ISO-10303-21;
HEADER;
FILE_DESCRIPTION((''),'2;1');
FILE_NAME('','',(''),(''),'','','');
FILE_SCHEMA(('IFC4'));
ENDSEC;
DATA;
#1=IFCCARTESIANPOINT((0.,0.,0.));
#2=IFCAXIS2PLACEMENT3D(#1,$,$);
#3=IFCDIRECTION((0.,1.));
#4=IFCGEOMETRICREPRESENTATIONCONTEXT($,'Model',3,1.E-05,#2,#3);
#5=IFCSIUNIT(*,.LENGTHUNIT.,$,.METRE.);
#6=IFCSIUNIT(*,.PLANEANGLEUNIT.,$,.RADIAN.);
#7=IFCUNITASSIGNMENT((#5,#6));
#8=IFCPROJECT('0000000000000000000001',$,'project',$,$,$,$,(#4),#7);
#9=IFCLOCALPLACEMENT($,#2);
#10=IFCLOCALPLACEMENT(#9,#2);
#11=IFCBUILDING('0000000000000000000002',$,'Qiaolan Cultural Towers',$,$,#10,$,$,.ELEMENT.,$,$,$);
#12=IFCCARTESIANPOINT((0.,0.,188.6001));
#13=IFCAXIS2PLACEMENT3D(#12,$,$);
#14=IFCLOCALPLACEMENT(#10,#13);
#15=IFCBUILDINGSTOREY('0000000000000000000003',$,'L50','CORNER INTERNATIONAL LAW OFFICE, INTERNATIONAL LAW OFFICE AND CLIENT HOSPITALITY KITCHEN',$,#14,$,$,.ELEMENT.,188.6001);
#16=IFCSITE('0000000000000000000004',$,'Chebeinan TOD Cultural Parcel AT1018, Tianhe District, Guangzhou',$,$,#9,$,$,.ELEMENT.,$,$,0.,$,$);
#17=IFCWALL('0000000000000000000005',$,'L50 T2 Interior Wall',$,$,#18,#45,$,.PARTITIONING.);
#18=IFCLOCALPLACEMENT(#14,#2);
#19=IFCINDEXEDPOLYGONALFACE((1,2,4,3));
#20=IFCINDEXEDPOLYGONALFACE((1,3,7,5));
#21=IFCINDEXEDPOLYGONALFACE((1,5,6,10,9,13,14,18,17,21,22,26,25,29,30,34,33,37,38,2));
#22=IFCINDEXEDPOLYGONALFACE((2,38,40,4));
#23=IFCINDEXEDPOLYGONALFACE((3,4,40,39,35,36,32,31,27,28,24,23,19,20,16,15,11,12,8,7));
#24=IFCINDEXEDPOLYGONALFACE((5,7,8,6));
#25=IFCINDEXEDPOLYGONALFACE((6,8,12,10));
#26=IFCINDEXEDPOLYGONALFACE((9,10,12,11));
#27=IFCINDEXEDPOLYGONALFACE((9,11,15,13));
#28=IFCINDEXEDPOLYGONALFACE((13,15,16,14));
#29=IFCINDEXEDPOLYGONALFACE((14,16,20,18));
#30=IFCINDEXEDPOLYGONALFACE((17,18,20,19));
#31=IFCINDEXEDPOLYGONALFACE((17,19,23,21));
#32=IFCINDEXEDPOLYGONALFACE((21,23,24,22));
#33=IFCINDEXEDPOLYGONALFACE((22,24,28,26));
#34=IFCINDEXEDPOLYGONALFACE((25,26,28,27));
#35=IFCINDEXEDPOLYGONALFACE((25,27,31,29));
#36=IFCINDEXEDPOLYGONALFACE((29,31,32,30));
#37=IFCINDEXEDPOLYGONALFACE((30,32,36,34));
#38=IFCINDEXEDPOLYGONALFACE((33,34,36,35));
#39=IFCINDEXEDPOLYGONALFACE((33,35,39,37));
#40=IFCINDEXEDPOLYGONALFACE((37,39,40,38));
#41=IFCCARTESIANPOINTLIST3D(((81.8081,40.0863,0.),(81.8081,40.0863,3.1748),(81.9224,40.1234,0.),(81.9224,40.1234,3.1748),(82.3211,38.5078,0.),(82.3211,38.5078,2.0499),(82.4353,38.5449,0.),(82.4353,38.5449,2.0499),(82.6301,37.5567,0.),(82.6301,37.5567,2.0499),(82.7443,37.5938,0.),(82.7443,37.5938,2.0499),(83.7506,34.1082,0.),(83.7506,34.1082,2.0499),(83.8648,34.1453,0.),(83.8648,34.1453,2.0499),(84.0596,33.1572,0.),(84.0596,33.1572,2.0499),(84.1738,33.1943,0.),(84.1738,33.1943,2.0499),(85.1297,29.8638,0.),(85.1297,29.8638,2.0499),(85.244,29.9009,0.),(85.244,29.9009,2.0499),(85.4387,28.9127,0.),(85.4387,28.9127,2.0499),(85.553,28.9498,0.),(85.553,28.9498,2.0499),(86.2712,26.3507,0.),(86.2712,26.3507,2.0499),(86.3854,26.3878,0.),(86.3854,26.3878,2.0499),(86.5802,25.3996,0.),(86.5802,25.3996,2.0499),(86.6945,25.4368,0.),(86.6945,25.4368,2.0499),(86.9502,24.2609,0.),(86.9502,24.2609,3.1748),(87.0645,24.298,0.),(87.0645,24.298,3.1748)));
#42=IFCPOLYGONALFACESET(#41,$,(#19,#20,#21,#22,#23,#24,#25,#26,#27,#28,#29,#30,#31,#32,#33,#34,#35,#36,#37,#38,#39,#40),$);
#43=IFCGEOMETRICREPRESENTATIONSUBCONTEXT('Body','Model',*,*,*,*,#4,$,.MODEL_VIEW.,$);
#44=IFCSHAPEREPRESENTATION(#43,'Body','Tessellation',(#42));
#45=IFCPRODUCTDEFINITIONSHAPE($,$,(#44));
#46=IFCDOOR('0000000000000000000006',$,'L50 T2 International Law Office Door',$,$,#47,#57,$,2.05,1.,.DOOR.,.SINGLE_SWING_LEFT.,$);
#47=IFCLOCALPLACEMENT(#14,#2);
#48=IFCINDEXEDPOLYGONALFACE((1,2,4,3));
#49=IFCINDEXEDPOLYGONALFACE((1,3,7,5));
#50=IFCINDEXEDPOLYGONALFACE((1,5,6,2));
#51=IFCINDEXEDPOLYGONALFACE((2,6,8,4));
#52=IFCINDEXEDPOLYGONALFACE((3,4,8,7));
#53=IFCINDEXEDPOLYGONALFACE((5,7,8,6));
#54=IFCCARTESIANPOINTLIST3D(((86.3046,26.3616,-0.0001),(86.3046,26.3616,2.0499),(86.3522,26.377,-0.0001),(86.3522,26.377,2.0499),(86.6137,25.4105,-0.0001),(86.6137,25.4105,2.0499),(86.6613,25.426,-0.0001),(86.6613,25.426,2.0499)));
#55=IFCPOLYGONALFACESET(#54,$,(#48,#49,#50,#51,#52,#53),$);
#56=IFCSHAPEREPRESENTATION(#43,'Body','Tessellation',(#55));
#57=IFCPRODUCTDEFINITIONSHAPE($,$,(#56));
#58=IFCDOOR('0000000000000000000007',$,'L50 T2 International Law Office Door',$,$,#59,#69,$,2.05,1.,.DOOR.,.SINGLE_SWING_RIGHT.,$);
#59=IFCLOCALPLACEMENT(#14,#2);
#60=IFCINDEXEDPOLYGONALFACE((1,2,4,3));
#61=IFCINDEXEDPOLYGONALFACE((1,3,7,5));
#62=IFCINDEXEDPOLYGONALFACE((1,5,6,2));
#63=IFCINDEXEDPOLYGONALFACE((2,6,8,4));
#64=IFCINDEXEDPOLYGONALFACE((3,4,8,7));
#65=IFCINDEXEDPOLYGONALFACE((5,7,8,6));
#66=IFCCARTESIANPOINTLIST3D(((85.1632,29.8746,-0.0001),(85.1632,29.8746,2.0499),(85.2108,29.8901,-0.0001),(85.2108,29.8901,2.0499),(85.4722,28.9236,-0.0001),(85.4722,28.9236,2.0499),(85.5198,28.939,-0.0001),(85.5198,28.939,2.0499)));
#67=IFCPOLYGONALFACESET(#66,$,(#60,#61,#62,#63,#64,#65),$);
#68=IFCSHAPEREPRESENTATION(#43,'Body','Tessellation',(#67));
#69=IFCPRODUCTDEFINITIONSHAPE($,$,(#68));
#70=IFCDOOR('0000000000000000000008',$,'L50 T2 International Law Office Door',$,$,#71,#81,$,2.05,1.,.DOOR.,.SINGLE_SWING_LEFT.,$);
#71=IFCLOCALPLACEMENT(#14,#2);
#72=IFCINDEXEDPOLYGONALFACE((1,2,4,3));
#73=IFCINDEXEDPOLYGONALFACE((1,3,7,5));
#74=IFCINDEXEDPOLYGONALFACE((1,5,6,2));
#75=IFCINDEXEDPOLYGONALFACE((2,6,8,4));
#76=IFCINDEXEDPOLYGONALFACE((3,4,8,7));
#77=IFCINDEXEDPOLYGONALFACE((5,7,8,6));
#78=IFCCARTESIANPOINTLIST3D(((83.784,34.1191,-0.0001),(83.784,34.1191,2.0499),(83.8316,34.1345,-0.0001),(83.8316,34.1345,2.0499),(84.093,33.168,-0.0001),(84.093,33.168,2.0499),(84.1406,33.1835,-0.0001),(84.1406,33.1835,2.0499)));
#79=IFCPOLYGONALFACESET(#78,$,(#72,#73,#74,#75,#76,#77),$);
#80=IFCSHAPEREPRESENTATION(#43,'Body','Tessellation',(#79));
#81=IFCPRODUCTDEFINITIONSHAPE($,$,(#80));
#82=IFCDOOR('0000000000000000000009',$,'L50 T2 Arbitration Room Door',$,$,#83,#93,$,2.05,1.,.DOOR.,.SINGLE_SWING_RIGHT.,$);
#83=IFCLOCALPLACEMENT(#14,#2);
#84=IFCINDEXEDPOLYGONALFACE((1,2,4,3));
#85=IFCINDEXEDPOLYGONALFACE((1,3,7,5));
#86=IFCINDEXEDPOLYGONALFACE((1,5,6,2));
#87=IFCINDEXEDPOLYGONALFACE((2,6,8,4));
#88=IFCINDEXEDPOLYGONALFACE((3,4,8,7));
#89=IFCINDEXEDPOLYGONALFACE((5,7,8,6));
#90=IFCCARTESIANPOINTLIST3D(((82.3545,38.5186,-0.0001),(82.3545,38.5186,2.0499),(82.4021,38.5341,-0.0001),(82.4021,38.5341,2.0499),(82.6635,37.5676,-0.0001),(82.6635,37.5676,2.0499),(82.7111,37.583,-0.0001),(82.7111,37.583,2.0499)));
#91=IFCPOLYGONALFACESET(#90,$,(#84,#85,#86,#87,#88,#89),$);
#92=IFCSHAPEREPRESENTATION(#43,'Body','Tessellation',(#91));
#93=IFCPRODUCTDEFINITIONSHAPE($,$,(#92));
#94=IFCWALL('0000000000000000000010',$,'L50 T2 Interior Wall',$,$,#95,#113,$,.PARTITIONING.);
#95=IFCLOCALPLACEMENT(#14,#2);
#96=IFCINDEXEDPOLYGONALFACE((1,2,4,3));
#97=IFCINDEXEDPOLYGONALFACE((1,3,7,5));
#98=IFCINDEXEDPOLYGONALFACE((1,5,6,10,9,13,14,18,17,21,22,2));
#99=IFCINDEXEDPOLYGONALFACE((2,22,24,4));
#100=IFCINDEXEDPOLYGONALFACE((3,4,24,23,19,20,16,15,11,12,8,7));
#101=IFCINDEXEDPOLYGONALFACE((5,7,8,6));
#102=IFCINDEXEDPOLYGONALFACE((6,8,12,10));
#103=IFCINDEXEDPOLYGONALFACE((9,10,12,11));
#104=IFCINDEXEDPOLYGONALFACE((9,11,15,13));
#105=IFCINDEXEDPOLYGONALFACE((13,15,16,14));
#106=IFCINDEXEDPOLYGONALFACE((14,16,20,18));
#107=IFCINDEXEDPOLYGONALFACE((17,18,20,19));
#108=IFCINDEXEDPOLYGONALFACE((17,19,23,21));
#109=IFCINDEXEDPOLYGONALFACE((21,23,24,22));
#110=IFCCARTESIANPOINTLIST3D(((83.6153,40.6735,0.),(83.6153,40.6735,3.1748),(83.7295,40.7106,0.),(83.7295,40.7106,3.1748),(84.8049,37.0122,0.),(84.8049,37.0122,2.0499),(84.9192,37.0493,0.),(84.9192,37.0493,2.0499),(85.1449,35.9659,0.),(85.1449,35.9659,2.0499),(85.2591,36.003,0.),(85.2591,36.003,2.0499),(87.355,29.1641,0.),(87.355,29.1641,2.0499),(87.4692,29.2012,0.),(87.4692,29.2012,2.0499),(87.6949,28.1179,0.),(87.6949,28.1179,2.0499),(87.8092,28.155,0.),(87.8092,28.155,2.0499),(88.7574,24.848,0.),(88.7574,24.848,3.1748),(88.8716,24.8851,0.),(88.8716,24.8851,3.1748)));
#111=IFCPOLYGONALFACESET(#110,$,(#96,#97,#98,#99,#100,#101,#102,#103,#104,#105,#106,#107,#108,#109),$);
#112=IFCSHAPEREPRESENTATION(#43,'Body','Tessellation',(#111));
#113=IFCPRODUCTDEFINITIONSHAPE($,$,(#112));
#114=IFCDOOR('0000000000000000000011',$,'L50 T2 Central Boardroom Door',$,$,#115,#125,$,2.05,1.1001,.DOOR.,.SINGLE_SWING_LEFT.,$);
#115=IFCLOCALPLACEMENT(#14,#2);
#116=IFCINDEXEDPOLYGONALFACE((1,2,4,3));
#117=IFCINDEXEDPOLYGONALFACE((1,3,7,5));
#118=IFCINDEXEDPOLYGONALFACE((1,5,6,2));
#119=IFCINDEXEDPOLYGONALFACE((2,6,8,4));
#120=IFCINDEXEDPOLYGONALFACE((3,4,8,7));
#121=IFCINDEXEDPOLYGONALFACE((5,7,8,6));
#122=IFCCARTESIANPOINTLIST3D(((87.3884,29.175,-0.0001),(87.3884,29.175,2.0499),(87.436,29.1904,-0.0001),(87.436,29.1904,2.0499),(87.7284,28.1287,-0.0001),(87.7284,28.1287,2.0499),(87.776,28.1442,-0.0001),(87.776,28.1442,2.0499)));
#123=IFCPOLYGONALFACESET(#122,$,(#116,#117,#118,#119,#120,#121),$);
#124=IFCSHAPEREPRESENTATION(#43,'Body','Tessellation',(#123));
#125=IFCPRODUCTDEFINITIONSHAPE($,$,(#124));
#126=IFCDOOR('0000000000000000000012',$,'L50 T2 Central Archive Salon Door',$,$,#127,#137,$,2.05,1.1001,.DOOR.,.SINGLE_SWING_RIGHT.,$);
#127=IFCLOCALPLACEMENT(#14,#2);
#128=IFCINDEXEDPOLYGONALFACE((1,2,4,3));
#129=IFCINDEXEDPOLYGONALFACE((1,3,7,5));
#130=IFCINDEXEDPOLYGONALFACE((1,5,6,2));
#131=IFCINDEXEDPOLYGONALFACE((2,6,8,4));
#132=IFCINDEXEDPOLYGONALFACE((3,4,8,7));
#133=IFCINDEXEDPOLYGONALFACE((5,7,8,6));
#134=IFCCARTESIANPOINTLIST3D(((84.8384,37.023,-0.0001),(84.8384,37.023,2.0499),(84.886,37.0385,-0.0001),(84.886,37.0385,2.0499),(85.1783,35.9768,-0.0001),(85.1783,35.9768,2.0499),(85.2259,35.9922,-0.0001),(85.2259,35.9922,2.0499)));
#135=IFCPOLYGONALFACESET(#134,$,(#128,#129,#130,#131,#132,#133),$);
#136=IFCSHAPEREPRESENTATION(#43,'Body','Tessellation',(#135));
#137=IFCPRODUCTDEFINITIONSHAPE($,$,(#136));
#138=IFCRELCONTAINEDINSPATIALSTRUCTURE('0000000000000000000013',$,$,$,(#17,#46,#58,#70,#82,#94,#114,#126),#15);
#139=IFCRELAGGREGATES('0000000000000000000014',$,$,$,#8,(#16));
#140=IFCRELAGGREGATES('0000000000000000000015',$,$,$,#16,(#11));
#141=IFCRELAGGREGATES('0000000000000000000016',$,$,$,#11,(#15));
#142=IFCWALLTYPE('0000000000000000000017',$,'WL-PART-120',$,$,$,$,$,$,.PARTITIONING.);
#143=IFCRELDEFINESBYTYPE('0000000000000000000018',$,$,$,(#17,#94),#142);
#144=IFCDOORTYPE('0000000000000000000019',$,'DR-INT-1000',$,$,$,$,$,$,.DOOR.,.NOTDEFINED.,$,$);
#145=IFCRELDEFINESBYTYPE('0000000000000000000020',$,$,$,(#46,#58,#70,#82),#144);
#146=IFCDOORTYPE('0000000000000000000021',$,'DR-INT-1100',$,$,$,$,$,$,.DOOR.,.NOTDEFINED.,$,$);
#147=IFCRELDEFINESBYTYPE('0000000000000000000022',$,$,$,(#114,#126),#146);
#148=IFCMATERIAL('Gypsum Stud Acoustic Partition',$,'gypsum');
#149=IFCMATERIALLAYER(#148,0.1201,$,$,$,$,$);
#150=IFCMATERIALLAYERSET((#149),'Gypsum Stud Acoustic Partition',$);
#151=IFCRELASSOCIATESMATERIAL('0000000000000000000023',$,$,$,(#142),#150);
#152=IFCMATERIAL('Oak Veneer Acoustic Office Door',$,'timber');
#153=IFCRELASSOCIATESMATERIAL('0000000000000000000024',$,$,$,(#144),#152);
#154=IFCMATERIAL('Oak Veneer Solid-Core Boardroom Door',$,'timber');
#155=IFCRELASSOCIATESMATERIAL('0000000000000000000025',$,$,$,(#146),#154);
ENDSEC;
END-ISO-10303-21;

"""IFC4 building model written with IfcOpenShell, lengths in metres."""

from ifc_helpers import new_model, si_unit, direction, frame, frame_2d, origin, place, context, subcontext, project, spatial, rectangle, extrude, material, layer, layer_set, type_object, element, fill, save


model = new_model("IFC4")

# Units and contexts
model_context = context("Model", 3, precision=1e-05, world=origin(), true_north=direction((0.0, 1.0)))
body_context = subcontext(model_context, "Body", "Model", "MODEL_VIEW")
ifc_project = project(units=[si_unit("LENGTHUNIT", "METRE"), si_unit("PLANEANGLEUNIT", "RADIAN")], contexts=[model_context])

# Site, building, storey
site_placement = place(None, origin())
site = spatial("IfcSite", under=ifc_project, at=site_placement, Name="Chebeinan TOD Cultural Parcel AT1018, Tianhe District, Guangzhou", CompositionType="ELEMENT", RefElevation=0.0)
building_placement = place(site_placement, origin())
building = spatial("IfcBuilding", under=site, at=building_placement, Name="Qiaolan Cultural Towers", CompositionType="ELEMENT")
storey_placement = place(building_placement, frame((0.0, 0.0, 188.6001)))
storey = spatial("IfcBuildingStorey", under=building, at=storey_placement, Name="L50", Description="CORNER INTERNATIONAL LAW OFFICE, INTERNATIONAL LAW OFFICE AND CLIENT HOSPITALITY KITCHEN", CompositionType="ELEMENT", Elevation=188.6001)

# Shared definitions
ifc_material_1 = material(Name="Gypsum Stud Acoustic Partition", Category="gypsum")
ifc_layer_1 = layer(ifc_material_1, 0.1201)
ifc_layer_set_1 = layer_set([ifc_layer_1], Name="Gypsum Stud Acoustic Partition")
wall_type_1 = type_object("IfcWallType", Name="WL-PART-120", PredefinedType="PARTITIONING", material=ifc_layer_set_1)

# Walls, openings, doors
wall_1_placement = place(storey_placement, frame((87.0073, 24.2795, 0.0), z_axis=(0.0, 0.0, 1.0), x_axis=(-0.309022, 0.951055, 0.0)))
wall_1 = element("IfcWall", 1, at=wall_1_placement, inside=storey, type_object=wall_type_1, Name="L50 T2 Interior Wall", PredefinedType="PARTITIONING", context=body_context, shape_type="SweptSolid", body=[
    extrude(rectangle(XDim=16.6399, YDim=0.1201, at=frame_2d((8.3198, 0.0))), origin(), (0.0, 0.0, 1.0), 3.1748),
])
opening_1_placement = place(wall_1_placement, frame((1.1973, 0.0, 0.0)))
opening_1 = element("IfcOpeningElement", 2, at=opening_1_placement, cuts=wall_1, PredefinedType="OPENING", context=body_context, shape_type="SweptSolid", body=[
    extrude(rectangle(XDim=1.0, YDim=2.05, at=frame_2d((0.5, 1.0249))), frame((0.0, 0.0701, 0.0), z_axis=(0.0, -1.0, 0.0), x_axis=(1.0, 0.0, 0.0)), (0.0, 0.0, 1.0), 0.1401),
])
opening_2_placement = place(wall_1_placement, frame((4.8911, 0.0, 0.0)))
opening_2 = element("IfcOpeningElement", 3, at=opening_2_placement, cuts=wall_1, PredefinedType="OPENING", context=body_context, shape_type="SweptSolid", body=[
    extrude(rectangle(XDim=1.0, YDim=2.05, at=frame_2d((0.5, 1.0249))), frame((0.0, 0.0701, 0.0), z_axis=(0.0, -1.0, 0.0), x_axis=(1.0, 0.0, 0.0)), (0.0, 0.0, 1.0), 0.1401),
])
opening_3_placement = place(wall_1_placement, frame((9.354, 0.0, 0.0)))
opening_3 = element("IfcOpeningElement", 4, at=opening_3_placement, cuts=wall_1, PredefinedType="OPENING", context=body_context, shape_type="SweptSolid", body=[
    extrude(rectangle(XDim=1.0, YDim=2.05, at=frame_2d((0.5, 1.0249))), frame((0.0, 0.0701, 0.0), z_axis=(0.0, -1.0, 0.0), x_axis=(1.0, 0.0, 0.0)), (0.0, 0.0, 1.0), 0.1401),
])
opening_4_placement = place(wall_1_placement, frame((13.98, 0.0, 0.0)))
opening_4 = element("IfcOpeningElement", 5, at=opening_4_placement, cuts=wall_1, PredefinedType="OPENING", context=body_context, shape_type="SweptSolid", body=[
    extrude(rectangle(XDim=1.0, YDim=2.05, at=frame_2d((0.5, 1.0249))), frame((0.0, 0.0701, 0.0), z_axis=(0.0, -1.0, 0.0), x_axis=(1.0, 0.0, 0.0)), (0.0, 0.0, 1.0), 0.1401),
])
ifc_material_2 = material(Name="Oak Veneer Acoustic Office Door", Category="timber")
door_type_1 = type_object("IfcDoorType", Name="DR-INT-1000", OperationType="NOTDEFINED", PredefinedType="DOOR", material=ifc_material_2)
door_1_placement = place(opening_1_placement, origin())
door_1 = element("IfcDoor", 6, at=door_1_placement, inside=storey, type_object=door_type_1, Name="L50 T2 International Law Office Door", OperationType="SINGLE_SWING_LEFT", OverallHeight=2.05, OverallWidth=1.0, PredefinedType="DOOR", context=body_context, shape_type="SweptSolid", body=[
    extrude(rectangle(XDim=1.0, YDim=2.05, at=frame_2d((0.5, 1.0249))), frame((0.0, 0.0249, 0.0), z_axis=(0.0, -1.0, 0.0), x_axis=(1.0, 0.0, 0.0)), (0.0, 0.0, 1.0), 0.05),
])
fill(opening_1, door_1)
door_2_placement = place(opening_2_placement, origin())
door_2 = element("IfcDoor", 7, at=door_2_placement, inside=storey, type_object=door_type_1, Name="L50 T2 International Law Office Door", OperationType="SINGLE_SWING_RIGHT", OverallHeight=2.05, OverallWidth=1.0, PredefinedType="DOOR", context=body_context, shape_type="SweptSolid", body=[
    extrude(rectangle(XDim=1.0, YDim=2.05, at=frame_2d((0.5, 1.0249))), frame((0.0, 0.0249, 0.0), z_axis=(0.0, -1.0, 0.0), x_axis=(1.0, 0.0, 0.0)), (0.0, 0.0, 1.0), 0.05),
])
fill(opening_2, door_2)
door_3_placement = place(opening_3_placement, origin())
door_3 = element("IfcDoor", 8, at=door_3_placement, inside=storey, type_object=door_type_1, Name="L50 T2 International Law Office Door", OperationType="SINGLE_SWING_LEFT", OverallHeight=2.05, OverallWidth=1.0, PredefinedType="DOOR", context=body_context, shape_type="SweptSolid", body=[
    extrude(rectangle(XDim=1.0, YDim=2.05, at=frame_2d((0.5, 1.0249))), frame((0.0, 0.0249, 0.0), z_axis=(0.0, -1.0, 0.0), x_axis=(1.0, 0.0, 0.0)), (0.0, 0.0, 1.0), 0.05),
])
fill(opening_3, door_3)
door_4_placement = place(opening_4_placement, origin())
door_4 = element("IfcDoor", 9, at=door_4_placement, inside=storey, type_object=door_type_1, Name="L50 T2 Arbitration Room Door", OperationType="SINGLE_SWING_RIGHT", OverallHeight=2.05, OverallWidth=1.0, PredefinedType="DOOR", context=body_context, shape_type="SweptSolid", body=[
    extrude(rectangle(XDim=1.0, YDim=2.05, at=frame_2d((0.5, 1.0249))), frame((0.0, 0.0249, 0.0), z_axis=(0.0, -1.0, 0.0), x_axis=(1.0, 0.0, 0.0)), (0.0, 0.0, 1.0), 0.05),
])
fill(opening_4, door_4)
wall_2_placement = place(storey_placement, frame((88.8145, 24.8667, 0.0), z_axis=(0.0, 0.0, 1.0), x_axis=(-0.309022, 0.951055, 0.0)))
wall_2 = element("IfcWall", 10, at=wall_2_placement, inside=storey, type_object=wall_type_1, Name="L50 T2 Interior Wall", PredefinedType="PARTITIONING", context=body_context, shape_type="SweptSolid", body=[
    extrude(rectangle(XDim=16.6399, YDim=0.1201, at=frame_2d((8.3198, 0.0))), origin(), (0.0, 0.0, 1.0), 3.1748),
])
opening_5_placement = place(wall_2_placement, frame((3.438, 0.0, 0.0)))
opening_5 = element("IfcOpeningElement", 11, at=opening_5_placement, cuts=wall_2, PredefinedType="OPENING", context=body_context, shape_type="SweptSolid", body=[
    extrude(rectangle(XDim=1.1001, YDim=2.05, at=frame_2d((0.55, 1.0249))), frame((0.0, 0.0701, 0.0), z_axis=(0.0, -1.0, 0.0), x_axis=(1.0, 0.0, 0.0)), (0.0, 0.0, 1.0), 0.1401),
])
opening_6_placement = place(wall_2_placement, frame((11.6899, 0.0, 0.0)))
opening_6 = element("IfcOpeningElement", 12, at=opening_6_placement, cuts=wall_2, PredefinedType="OPENING", context=body_context, shape_type="SweptSolid", body=[
    extrude(rectangle(XDim=1.1001, YDim=2.05, at=frame_2d((0.55, 1.0249))), frame((0.0, 0.0701, 0.0), z_axis=(0.0, -1.0, 0.0), x_axis=(1.0, 0.0, 0.0)), (0.0, 0.0, 1.0), 0.1401),
])
ifc_material_3 = material(Name="Oak Veneer Solid-Core Boardroom Door", Category="timber")
door_type_2 = type_object("IfcDoorType", Name="DR-INT-1100", OperationType="NOTDEFINED", PredefinedType="DOOR", material=ifc_material_3)
door_5_placement = place(opening_5_placement, origin())
door_5 = element("IfcDoor", 13, at=door_5_placement, inside=storey, type_object=door_type_2, Name="L50 T2 Central Boardroom Door", OperationType="SINGLE_SWING_LEFT", OverallHeight=2.05, OverallWidth=1.1001, PredefinedType="DOOR", context=body_context, shape_type="SweptSolid", body=[
    extrude(rectangle(XDim=1.1001, YDim=2.05, at=frame_2d((0.55, 1.0249))), frame((0.0, 0.0249, 0.0), z_axis=(0.0, -1.0, 0.0), x_axis=(1.0, 0.0, 0.0)), (0.0, 0.0, 1.0), 0.05),
])
fill(opening_5, door_5)
door_6_placement = place(opening_6_placement, origin())
door_6 = element("IfcDoor", 14, at=door_6_placement, inside=storey, type_object=door_type_2, Name="L50 T2 Central Archive Salon Door", OperationType="SINGLE_SWING_RIGHT", OverallHeight=2.05, OverallWidth=1.1001, PredefinedType="DOOR", context=body_context, shape_type="SweptSolid", body=[
    extrude(rectangle(XDim=1.1001, YDim=2.05, at=frame_2d((0.55, 1.0249))), frame((0.0, 0.0249, 0.0), z_axis=(0.0, -1.0, 0.0), x_axis=(1.0, 0.0, 0.0)), (0.0, 0.0, 1.0), 0.05),
])
fill(opening_6, door_6)

save(model, "model.ifc")
